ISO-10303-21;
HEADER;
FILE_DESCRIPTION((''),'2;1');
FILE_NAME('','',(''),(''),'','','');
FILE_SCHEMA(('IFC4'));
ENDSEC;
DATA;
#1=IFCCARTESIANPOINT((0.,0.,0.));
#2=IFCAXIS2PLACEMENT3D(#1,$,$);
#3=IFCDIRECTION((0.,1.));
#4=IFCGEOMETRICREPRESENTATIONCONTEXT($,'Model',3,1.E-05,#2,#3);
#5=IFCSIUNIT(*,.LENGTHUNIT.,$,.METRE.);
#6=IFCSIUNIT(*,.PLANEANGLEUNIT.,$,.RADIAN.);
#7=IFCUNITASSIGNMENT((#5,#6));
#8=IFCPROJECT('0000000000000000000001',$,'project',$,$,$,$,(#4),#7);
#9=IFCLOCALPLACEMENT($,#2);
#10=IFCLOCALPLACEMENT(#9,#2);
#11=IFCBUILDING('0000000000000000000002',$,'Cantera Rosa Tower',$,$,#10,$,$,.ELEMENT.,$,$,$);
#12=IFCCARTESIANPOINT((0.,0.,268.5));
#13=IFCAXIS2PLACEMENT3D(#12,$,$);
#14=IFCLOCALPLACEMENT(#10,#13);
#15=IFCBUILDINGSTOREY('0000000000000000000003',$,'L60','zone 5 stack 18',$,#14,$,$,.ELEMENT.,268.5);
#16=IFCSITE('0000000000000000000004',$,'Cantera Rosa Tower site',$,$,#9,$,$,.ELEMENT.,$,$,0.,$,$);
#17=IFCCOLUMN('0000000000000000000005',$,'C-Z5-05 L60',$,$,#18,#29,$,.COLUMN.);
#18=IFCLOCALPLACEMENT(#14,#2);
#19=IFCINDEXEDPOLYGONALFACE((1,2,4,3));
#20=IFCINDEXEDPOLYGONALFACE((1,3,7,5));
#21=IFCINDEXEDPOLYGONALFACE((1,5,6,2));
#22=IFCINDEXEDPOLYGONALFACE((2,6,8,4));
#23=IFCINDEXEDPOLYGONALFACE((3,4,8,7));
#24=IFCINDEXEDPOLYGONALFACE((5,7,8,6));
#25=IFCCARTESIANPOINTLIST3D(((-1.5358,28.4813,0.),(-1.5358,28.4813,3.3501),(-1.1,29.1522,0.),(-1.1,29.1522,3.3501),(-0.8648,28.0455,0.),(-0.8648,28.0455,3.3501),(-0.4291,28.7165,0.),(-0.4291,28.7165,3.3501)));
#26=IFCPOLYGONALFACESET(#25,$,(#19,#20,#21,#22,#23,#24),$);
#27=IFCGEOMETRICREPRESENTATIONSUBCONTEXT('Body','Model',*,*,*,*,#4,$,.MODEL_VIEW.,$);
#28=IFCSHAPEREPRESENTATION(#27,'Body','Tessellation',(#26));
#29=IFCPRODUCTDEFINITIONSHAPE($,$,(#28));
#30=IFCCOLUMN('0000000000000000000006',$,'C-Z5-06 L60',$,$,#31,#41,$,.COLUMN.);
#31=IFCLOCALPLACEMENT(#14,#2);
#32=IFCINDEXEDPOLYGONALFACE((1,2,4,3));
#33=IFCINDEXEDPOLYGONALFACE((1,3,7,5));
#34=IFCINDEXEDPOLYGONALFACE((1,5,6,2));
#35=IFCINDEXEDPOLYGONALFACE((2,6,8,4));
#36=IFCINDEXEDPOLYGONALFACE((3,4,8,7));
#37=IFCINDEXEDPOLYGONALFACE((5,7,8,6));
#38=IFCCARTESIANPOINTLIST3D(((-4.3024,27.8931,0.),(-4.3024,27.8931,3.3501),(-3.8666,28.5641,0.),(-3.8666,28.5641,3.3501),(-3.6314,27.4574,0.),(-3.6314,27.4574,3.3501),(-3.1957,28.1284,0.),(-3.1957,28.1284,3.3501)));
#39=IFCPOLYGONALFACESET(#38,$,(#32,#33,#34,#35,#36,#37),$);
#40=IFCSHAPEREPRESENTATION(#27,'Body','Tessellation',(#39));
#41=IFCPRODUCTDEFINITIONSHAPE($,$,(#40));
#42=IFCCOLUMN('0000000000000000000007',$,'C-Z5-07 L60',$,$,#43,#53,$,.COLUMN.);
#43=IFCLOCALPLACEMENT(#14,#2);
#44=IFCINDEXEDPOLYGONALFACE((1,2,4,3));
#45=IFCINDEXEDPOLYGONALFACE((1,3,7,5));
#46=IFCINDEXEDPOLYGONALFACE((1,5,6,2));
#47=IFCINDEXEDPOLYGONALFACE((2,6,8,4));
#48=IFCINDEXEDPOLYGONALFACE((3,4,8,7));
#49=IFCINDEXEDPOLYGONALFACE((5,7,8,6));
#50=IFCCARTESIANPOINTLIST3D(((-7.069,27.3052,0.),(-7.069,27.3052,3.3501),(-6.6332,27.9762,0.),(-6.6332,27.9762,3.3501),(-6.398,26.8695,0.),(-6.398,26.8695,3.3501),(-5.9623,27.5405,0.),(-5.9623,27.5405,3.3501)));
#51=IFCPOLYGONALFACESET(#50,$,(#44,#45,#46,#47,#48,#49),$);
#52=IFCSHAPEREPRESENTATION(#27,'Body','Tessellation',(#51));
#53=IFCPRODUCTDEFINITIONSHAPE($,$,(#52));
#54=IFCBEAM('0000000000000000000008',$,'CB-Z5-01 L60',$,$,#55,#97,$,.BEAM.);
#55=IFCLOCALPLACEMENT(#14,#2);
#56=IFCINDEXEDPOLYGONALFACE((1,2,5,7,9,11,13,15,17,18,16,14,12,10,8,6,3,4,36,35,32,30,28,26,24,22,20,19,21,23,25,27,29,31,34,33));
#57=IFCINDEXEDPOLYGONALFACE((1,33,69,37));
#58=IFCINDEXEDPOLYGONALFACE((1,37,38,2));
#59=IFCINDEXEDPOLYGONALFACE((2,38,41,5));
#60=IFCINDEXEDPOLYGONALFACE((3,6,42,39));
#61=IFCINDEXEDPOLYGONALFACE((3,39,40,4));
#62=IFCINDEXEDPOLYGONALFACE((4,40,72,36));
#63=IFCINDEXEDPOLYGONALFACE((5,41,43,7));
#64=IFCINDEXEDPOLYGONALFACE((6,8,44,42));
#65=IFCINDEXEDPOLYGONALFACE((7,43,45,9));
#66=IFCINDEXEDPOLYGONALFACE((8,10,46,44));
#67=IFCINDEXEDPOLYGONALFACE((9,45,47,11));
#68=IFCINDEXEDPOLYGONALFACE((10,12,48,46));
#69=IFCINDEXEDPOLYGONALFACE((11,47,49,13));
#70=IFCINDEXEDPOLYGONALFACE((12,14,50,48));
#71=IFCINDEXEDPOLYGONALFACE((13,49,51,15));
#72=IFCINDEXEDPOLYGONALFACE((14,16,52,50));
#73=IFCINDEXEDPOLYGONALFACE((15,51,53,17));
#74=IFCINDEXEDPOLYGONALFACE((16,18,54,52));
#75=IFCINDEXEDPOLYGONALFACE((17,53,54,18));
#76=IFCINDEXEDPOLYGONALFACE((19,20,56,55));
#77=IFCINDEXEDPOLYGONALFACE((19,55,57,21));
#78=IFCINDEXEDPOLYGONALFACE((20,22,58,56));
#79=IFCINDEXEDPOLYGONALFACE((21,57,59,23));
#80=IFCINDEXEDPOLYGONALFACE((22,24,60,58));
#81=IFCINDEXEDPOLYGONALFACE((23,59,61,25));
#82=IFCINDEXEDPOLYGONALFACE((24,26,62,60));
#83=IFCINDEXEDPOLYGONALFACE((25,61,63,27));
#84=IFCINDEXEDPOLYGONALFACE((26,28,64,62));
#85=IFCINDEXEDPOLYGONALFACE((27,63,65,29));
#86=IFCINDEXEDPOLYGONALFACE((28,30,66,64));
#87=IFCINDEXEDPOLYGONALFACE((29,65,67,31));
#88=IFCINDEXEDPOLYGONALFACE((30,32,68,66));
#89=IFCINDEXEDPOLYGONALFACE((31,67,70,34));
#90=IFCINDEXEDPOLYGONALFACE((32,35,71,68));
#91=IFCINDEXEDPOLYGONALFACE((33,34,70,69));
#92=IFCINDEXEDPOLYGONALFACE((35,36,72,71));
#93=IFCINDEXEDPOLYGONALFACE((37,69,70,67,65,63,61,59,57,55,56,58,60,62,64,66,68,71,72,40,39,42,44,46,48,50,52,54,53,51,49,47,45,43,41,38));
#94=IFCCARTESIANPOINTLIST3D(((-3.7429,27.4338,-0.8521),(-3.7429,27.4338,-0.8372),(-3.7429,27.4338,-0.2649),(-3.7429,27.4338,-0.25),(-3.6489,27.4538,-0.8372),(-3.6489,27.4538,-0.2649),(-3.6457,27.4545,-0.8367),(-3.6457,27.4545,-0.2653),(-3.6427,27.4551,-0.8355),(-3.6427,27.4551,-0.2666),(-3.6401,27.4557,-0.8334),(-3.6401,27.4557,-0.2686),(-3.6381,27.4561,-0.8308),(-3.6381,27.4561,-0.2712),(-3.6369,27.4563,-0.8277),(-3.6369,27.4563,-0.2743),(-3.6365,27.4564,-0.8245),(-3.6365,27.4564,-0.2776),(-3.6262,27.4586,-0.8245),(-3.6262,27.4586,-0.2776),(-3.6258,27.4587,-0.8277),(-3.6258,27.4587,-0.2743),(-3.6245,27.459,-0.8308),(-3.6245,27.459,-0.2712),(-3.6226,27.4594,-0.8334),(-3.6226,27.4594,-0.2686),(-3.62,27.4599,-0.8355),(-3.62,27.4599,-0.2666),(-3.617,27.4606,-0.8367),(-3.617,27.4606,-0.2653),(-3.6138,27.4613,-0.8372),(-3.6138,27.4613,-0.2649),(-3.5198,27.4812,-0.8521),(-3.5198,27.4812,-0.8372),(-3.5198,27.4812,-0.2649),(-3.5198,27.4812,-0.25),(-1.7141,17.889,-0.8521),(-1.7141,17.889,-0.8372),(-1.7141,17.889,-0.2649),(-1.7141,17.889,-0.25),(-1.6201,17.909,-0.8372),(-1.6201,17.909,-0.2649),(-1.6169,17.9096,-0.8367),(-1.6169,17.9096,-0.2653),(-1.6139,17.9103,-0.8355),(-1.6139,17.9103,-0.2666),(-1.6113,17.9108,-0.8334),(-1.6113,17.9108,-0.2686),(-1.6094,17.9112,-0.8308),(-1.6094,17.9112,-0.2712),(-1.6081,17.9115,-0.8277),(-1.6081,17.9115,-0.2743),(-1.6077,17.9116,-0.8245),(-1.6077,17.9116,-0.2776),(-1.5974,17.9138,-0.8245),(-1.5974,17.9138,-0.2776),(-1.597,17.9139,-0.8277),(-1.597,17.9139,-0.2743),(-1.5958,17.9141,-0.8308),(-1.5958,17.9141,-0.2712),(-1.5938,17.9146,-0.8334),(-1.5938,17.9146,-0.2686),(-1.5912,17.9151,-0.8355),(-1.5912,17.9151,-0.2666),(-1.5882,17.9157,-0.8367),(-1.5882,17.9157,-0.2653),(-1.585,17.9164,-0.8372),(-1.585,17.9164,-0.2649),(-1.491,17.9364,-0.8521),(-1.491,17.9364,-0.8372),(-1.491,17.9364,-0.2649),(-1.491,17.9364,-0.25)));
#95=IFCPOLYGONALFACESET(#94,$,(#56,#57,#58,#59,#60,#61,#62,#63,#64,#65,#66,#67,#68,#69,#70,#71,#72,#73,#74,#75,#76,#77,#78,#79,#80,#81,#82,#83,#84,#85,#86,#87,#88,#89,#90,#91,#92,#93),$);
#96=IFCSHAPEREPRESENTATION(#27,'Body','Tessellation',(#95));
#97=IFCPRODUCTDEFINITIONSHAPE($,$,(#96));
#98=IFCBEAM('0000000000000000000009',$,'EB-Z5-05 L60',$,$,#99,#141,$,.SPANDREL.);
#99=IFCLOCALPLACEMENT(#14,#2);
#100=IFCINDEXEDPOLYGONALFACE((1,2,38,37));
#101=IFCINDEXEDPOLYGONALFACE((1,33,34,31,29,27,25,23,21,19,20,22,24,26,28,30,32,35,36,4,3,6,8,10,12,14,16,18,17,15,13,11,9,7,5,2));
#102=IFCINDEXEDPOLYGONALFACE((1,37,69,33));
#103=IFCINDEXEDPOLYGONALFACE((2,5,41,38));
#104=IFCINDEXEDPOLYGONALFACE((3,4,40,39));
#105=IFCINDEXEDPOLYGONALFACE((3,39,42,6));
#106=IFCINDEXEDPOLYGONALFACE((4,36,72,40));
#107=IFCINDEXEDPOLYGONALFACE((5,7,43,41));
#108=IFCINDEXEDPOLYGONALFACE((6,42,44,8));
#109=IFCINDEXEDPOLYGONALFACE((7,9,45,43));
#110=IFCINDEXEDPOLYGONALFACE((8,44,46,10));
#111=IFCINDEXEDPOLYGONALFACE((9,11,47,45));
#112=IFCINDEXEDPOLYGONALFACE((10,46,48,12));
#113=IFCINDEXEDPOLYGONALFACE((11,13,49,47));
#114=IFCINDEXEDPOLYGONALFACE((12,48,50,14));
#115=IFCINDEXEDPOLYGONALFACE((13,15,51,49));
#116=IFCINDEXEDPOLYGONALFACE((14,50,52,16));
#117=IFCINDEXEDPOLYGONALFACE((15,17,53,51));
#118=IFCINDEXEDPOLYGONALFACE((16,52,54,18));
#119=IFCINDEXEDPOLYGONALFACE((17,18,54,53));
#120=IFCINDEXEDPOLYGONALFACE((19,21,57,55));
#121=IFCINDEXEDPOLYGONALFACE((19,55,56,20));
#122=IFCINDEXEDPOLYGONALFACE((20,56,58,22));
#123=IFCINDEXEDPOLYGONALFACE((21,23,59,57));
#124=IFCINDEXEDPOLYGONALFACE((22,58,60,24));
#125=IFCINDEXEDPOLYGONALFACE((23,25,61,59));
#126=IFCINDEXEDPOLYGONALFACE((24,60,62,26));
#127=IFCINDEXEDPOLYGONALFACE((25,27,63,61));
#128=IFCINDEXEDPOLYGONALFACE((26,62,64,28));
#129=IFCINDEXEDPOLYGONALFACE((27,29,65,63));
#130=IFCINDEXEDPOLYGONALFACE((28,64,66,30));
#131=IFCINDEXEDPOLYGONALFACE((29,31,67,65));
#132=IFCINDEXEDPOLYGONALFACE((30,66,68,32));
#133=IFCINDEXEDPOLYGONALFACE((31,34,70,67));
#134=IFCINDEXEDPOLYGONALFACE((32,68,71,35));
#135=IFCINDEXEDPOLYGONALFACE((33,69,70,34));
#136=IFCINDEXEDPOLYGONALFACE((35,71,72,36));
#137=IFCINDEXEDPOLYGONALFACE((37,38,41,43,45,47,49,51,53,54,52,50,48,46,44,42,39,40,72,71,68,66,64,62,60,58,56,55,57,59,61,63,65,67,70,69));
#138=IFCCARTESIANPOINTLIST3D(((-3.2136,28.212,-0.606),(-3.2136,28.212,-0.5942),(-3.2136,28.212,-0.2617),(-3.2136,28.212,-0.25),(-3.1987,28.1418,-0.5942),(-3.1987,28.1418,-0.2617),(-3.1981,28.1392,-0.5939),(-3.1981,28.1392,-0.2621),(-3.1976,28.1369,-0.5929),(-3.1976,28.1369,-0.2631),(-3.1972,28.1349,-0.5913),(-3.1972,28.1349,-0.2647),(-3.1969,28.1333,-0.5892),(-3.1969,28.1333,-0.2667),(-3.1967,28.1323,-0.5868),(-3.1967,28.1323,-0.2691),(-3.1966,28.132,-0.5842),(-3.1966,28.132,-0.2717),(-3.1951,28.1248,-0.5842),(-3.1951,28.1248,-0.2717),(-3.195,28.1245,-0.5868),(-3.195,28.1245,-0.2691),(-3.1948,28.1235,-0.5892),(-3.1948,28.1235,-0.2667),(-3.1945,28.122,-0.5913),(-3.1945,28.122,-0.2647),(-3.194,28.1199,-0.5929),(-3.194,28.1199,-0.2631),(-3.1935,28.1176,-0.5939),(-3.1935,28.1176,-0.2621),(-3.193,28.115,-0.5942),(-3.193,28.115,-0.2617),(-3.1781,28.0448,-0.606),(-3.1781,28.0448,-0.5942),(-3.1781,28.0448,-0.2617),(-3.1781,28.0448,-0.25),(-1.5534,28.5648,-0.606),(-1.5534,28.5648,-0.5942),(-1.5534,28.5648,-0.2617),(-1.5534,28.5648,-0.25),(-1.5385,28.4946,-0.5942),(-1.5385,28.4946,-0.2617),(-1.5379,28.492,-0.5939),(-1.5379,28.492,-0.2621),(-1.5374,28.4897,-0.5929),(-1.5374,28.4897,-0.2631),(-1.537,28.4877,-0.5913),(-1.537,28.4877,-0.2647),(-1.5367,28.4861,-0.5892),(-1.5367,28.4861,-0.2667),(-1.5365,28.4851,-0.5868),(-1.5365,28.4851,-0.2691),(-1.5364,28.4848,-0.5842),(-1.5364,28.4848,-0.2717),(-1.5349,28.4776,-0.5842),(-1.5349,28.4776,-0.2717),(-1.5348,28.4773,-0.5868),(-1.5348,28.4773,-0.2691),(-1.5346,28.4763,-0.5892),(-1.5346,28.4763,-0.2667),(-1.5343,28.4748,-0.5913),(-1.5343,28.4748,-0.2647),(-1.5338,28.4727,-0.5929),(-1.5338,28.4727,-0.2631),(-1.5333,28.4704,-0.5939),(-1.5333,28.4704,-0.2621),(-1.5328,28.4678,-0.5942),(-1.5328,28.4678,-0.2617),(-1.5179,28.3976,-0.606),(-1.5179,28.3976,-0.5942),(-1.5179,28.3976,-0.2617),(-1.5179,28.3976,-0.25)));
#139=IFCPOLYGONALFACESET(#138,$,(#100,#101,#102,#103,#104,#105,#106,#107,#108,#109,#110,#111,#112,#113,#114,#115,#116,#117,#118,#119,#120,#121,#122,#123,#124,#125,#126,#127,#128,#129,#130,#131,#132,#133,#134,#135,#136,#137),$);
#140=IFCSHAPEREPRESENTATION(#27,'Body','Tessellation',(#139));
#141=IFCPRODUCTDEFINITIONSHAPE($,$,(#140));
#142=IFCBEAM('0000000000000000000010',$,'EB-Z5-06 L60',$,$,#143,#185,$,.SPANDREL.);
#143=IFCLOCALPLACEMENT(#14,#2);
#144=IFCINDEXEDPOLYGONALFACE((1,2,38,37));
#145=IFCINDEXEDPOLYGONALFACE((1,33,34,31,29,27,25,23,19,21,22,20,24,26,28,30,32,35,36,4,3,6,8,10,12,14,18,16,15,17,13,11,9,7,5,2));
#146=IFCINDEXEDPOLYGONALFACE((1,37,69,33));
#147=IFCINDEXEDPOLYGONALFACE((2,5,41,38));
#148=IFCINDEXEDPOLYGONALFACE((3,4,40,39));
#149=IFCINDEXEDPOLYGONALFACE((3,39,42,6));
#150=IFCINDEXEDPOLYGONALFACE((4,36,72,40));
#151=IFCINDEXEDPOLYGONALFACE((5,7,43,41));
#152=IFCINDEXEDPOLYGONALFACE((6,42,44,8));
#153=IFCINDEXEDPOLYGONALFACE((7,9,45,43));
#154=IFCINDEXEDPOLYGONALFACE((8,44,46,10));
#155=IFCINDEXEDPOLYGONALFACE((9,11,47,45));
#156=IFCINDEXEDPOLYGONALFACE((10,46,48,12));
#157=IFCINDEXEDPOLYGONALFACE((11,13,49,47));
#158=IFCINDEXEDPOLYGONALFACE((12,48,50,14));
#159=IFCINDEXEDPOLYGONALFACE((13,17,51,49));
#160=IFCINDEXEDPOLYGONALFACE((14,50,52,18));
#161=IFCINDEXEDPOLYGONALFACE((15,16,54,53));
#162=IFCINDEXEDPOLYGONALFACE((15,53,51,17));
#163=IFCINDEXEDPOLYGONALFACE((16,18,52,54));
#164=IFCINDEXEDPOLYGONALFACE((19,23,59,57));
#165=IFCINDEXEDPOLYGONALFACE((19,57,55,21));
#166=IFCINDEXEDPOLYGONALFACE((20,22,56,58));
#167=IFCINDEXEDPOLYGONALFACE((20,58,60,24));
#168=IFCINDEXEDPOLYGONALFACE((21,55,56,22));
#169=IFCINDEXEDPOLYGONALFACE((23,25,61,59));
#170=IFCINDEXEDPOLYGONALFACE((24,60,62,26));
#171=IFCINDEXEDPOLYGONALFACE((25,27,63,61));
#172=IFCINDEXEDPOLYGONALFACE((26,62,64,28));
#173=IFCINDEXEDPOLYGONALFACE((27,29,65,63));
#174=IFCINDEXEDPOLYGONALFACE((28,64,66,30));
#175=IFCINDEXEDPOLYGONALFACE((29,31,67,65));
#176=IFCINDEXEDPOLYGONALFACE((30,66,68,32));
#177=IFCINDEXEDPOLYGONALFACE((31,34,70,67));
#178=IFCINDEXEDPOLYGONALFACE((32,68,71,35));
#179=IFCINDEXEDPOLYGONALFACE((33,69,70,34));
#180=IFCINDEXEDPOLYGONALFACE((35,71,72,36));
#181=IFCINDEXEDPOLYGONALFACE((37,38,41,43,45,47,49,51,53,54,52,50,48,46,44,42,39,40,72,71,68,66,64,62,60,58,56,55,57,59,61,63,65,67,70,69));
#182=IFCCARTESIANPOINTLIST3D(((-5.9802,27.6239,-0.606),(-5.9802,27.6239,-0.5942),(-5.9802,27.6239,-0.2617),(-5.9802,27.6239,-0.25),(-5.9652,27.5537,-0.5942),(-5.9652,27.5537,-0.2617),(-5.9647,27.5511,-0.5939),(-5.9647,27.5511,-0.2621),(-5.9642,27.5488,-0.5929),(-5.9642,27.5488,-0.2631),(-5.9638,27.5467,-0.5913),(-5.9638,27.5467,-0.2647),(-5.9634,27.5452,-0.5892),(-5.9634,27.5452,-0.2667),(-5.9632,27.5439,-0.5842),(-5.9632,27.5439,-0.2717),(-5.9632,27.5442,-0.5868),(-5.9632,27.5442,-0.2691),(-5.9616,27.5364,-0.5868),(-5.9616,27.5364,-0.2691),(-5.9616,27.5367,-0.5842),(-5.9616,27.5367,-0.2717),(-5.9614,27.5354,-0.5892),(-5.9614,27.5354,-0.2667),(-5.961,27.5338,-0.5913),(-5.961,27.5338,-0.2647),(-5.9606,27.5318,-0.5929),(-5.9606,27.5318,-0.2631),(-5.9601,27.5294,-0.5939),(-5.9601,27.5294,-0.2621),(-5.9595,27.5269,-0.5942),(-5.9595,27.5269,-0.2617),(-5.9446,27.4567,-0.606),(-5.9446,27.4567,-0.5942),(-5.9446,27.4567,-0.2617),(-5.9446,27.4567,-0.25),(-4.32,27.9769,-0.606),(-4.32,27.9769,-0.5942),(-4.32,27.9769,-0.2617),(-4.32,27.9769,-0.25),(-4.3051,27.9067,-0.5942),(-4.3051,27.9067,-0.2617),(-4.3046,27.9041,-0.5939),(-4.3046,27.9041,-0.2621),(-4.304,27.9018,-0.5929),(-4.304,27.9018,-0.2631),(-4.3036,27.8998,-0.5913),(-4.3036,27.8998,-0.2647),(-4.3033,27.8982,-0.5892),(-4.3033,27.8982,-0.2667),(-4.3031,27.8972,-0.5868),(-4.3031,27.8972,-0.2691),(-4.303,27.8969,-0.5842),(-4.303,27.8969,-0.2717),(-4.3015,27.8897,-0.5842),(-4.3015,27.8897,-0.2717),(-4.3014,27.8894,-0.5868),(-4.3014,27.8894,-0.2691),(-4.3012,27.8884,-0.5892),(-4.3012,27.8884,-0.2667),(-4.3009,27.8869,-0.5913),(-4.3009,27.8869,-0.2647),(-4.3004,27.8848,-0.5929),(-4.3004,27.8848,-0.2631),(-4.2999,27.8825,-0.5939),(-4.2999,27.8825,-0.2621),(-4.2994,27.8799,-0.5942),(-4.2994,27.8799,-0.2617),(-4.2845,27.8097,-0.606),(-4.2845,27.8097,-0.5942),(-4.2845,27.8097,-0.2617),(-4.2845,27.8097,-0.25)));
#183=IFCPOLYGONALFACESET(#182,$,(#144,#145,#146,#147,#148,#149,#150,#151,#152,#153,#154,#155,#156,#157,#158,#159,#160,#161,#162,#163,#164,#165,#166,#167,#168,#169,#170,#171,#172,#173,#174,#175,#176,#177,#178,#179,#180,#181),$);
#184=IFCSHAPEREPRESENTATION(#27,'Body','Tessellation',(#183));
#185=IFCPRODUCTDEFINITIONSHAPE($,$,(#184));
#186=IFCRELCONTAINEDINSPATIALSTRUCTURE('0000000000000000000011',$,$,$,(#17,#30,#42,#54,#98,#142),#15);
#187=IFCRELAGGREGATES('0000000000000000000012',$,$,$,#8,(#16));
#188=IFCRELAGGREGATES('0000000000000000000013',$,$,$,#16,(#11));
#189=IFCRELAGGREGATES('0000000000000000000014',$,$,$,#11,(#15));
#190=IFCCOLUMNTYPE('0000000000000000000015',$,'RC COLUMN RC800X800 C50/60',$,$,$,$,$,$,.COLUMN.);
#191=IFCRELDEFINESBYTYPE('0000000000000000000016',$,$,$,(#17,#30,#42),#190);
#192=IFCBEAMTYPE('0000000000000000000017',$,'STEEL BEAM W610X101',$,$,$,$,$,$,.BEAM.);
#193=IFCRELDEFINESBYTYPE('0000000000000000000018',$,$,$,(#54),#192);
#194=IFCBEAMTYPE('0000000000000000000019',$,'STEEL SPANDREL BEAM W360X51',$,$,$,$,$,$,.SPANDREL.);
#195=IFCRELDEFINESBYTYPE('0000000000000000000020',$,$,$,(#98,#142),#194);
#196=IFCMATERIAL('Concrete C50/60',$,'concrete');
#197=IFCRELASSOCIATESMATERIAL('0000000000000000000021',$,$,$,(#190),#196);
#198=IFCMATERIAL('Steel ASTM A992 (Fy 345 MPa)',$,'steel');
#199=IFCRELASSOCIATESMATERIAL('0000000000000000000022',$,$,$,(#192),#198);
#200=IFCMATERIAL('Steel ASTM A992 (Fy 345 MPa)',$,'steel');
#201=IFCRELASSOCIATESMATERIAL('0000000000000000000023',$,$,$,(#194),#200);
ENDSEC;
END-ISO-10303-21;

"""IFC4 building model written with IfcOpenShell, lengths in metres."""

from ifc_helpers import new_model, si_unit, direction, frame, origin, origin_2d, place, context, subcontext, project, spatial, rectangle, i_section, extrude, material, material_profile, profile_set, type_object, element, save


model = new_model("IFC4")

# Units and contexts
model_context = context("Model", 3, precision=1e-05, world=origin(), true_north=direction((0.0, 1.0)))
body_context = subcontext(model_context, "Body", "Model", "MODEL_VIEW")
ifc_project = project(units=[si_unit("LENGTHUNIT", "METRE"), si_unit("PLANEANGLEUNIT", "RADIAN")], contexts=[model_context])

# Site, building, storey
site_placement = place(None, origin())
site = spatial("IfcSite", under=ifc_project, at=site_placement, Name="Cantera Rosa Tower site", CompositionType="ELEMENT", RefElevation=0.0)
building_placement = place(site_placement, origin())
building = spatial("IfcBuilding", under=site, at=building_placement, Name="Cantera Rosa Tower", CompositionType="ELEMENT")
storey_placement = place(building_placement, frame((0.0, 0.0, 268.5)))
storey = spatial("IfcBuildingStorey", under=building, at=storey_placement, Name="L60", Description="zone 5 stack 18", CompositionType="ELEMENT", Elevation=268.5)

# Columns
ifc_material_1 = material(Name="Concrete C50/60", Category="concrete")
ifc_material_profile_1 = material_profile(ifc_material_1, rectangle(XDim=0.8, YDim=0.8, at=origin_2d()), Name="RC COLUMN RC800X800 C50/60")
ifc_profile_set_1 = profile_set([ifc_material_profile_1], Name="Concrete C50/60")
column_type = type_object("IfcColumnType", Name="RC COLUMN RC800X800 C50/60", PredefinedType="COLUMN", material=ifc_profile_set_1)
for number, where, z_axis, x_axis, name in (
    (1, (-0.9824, 28.5989, 0.0), (0.0, 0.0, 1.0), (0.544639, 0.838671, 0.0), "C-Z5-05 L60"),
    (2, (-3.749, 28.0107, 0.0), (0.0, 0.0, 1.0), (0.544639, 0.838671, 0.0), "C-Z5-06 L60"),
    (3, (-6.5156, 27.4229, 0.0), (0.0, 0.0, 1.0), (0.544639, 0.838671, 0.0), "C-Z5-07 L60"),
):
    element("IfcColumn", number, at=place(storey_placement, frame(where, z_axis=z_axis, x_axis=x_axis)), inside=storey, type_object=column_type, Name=name, PredefinedType="COLUMN", context=body_context, shape_type="SweptSolid", body=[
        extrude(rectangle(XDim=0.8, YDim=0.8, at=origin_2d()), origin(), (0.0, 0.0, 1.0), 3.3501),
    ])

# Beams
ifc_material_2 = material(Name="Steel ASTM A992 (Fy 345 MPa)", Category="steel")
ifc_material_profile_2 = material_profile(ifc_material_2, i_section(OverallWidth=0.228, OverallDepth=0.6021, WebThickness=0.0105, FlangeThickness=0.0149, FilletRadius=0.0127, at=origin_2d()), Name="W610X101")
ifc_profile_set_2 = profile_set([ifc_material_profile_2], Name="Steel ASTM A992 (Fy 345 MPa)")
beam_type_1 = type_object("IfcBeamType", Name="STEEL BEAM W610X101", PredefinedType="BEAM", material=ifc_profile_set_2)
beam_1_placement = place(storey_placement, frame((-3.6313, 27.4575, -0.551), z_axis=(0.207909, -0.978148, 0.0), x_axis=(0.978148, 0.207909, 0.0)))
element("IfcBeam", 4, at=beam_1_placement, inside=storey, type_object=beam_type_1, Name="CB-Z5-01 L60", PredefinedType="BEAM", context=body_context, shape_type="SweptSolid", body=[
    extrude(i_section(OverallWidth=0.228, OverallDepth=0.6021, WebThickness=0.0105, FlangeThickness=0.0149, FilletRadius=0.0127, at=origin_2d()), origin(), (0.0, 0.0, 1.0), 9.7581),
])
ifc_material_3 = material(Name="Steel ASTM A992 (Fy 345 MPa)", Category="steel")
ifc_material_profile_3 = material_profile(ifc_material_3, i_section(OverallWidth=0.1709, OverallDepth=0.356, WebThickness=0.0073, FlangeThickness=0.0117, FilletRadius=0.01, at=origin_2d()), Name="W360X51")
ifc_profile_set_3 = profile_set([ifc_material_profile_3], Name="Steel ASTM A992 (Fy 345 MPa)")
beam_type_2 = type_object("IfcBeamType", Name="STEEL SPANDREL BEAM W360X51", PredefinedType="SPANDREL", material=ifc_profile_set_3)
for number, where, z_axis, x_axis, name in (
    (5, (-1.5356, 28.4812, -0.428), (-0.978159, -0.207859, 0.0), (0.207859, -0.978159, 0.0), "EB-Z5-05 L60"),
    (6, (-4.3022, 27.8933, -0.428), (-0.97813, -0.207996, 0.0), (0.207996, -0.97813, 0.0), "EB-Z5-06 L60"),
):
    element("IfcBeam", number, at=place(storey_placement, frame(where, z_axis=z_axis, x_axis=x_axis)), inside=storey, type_object=beam_type_2, Name=name, PredefinedType="SPANDREL", context=body_context, shape_type="SweptSolid", body=[
        extrude(i_section(OverallWidth=0.1709, OverallDepth=0.356, WebThickness=0.0073, FlangeThickness=0.0117, FilletRadius=0.01, at=origin_2d()), origin(), (0.0, 0.0, 1.0), 1.6973),
    ])

save(model, "model.ifc")
